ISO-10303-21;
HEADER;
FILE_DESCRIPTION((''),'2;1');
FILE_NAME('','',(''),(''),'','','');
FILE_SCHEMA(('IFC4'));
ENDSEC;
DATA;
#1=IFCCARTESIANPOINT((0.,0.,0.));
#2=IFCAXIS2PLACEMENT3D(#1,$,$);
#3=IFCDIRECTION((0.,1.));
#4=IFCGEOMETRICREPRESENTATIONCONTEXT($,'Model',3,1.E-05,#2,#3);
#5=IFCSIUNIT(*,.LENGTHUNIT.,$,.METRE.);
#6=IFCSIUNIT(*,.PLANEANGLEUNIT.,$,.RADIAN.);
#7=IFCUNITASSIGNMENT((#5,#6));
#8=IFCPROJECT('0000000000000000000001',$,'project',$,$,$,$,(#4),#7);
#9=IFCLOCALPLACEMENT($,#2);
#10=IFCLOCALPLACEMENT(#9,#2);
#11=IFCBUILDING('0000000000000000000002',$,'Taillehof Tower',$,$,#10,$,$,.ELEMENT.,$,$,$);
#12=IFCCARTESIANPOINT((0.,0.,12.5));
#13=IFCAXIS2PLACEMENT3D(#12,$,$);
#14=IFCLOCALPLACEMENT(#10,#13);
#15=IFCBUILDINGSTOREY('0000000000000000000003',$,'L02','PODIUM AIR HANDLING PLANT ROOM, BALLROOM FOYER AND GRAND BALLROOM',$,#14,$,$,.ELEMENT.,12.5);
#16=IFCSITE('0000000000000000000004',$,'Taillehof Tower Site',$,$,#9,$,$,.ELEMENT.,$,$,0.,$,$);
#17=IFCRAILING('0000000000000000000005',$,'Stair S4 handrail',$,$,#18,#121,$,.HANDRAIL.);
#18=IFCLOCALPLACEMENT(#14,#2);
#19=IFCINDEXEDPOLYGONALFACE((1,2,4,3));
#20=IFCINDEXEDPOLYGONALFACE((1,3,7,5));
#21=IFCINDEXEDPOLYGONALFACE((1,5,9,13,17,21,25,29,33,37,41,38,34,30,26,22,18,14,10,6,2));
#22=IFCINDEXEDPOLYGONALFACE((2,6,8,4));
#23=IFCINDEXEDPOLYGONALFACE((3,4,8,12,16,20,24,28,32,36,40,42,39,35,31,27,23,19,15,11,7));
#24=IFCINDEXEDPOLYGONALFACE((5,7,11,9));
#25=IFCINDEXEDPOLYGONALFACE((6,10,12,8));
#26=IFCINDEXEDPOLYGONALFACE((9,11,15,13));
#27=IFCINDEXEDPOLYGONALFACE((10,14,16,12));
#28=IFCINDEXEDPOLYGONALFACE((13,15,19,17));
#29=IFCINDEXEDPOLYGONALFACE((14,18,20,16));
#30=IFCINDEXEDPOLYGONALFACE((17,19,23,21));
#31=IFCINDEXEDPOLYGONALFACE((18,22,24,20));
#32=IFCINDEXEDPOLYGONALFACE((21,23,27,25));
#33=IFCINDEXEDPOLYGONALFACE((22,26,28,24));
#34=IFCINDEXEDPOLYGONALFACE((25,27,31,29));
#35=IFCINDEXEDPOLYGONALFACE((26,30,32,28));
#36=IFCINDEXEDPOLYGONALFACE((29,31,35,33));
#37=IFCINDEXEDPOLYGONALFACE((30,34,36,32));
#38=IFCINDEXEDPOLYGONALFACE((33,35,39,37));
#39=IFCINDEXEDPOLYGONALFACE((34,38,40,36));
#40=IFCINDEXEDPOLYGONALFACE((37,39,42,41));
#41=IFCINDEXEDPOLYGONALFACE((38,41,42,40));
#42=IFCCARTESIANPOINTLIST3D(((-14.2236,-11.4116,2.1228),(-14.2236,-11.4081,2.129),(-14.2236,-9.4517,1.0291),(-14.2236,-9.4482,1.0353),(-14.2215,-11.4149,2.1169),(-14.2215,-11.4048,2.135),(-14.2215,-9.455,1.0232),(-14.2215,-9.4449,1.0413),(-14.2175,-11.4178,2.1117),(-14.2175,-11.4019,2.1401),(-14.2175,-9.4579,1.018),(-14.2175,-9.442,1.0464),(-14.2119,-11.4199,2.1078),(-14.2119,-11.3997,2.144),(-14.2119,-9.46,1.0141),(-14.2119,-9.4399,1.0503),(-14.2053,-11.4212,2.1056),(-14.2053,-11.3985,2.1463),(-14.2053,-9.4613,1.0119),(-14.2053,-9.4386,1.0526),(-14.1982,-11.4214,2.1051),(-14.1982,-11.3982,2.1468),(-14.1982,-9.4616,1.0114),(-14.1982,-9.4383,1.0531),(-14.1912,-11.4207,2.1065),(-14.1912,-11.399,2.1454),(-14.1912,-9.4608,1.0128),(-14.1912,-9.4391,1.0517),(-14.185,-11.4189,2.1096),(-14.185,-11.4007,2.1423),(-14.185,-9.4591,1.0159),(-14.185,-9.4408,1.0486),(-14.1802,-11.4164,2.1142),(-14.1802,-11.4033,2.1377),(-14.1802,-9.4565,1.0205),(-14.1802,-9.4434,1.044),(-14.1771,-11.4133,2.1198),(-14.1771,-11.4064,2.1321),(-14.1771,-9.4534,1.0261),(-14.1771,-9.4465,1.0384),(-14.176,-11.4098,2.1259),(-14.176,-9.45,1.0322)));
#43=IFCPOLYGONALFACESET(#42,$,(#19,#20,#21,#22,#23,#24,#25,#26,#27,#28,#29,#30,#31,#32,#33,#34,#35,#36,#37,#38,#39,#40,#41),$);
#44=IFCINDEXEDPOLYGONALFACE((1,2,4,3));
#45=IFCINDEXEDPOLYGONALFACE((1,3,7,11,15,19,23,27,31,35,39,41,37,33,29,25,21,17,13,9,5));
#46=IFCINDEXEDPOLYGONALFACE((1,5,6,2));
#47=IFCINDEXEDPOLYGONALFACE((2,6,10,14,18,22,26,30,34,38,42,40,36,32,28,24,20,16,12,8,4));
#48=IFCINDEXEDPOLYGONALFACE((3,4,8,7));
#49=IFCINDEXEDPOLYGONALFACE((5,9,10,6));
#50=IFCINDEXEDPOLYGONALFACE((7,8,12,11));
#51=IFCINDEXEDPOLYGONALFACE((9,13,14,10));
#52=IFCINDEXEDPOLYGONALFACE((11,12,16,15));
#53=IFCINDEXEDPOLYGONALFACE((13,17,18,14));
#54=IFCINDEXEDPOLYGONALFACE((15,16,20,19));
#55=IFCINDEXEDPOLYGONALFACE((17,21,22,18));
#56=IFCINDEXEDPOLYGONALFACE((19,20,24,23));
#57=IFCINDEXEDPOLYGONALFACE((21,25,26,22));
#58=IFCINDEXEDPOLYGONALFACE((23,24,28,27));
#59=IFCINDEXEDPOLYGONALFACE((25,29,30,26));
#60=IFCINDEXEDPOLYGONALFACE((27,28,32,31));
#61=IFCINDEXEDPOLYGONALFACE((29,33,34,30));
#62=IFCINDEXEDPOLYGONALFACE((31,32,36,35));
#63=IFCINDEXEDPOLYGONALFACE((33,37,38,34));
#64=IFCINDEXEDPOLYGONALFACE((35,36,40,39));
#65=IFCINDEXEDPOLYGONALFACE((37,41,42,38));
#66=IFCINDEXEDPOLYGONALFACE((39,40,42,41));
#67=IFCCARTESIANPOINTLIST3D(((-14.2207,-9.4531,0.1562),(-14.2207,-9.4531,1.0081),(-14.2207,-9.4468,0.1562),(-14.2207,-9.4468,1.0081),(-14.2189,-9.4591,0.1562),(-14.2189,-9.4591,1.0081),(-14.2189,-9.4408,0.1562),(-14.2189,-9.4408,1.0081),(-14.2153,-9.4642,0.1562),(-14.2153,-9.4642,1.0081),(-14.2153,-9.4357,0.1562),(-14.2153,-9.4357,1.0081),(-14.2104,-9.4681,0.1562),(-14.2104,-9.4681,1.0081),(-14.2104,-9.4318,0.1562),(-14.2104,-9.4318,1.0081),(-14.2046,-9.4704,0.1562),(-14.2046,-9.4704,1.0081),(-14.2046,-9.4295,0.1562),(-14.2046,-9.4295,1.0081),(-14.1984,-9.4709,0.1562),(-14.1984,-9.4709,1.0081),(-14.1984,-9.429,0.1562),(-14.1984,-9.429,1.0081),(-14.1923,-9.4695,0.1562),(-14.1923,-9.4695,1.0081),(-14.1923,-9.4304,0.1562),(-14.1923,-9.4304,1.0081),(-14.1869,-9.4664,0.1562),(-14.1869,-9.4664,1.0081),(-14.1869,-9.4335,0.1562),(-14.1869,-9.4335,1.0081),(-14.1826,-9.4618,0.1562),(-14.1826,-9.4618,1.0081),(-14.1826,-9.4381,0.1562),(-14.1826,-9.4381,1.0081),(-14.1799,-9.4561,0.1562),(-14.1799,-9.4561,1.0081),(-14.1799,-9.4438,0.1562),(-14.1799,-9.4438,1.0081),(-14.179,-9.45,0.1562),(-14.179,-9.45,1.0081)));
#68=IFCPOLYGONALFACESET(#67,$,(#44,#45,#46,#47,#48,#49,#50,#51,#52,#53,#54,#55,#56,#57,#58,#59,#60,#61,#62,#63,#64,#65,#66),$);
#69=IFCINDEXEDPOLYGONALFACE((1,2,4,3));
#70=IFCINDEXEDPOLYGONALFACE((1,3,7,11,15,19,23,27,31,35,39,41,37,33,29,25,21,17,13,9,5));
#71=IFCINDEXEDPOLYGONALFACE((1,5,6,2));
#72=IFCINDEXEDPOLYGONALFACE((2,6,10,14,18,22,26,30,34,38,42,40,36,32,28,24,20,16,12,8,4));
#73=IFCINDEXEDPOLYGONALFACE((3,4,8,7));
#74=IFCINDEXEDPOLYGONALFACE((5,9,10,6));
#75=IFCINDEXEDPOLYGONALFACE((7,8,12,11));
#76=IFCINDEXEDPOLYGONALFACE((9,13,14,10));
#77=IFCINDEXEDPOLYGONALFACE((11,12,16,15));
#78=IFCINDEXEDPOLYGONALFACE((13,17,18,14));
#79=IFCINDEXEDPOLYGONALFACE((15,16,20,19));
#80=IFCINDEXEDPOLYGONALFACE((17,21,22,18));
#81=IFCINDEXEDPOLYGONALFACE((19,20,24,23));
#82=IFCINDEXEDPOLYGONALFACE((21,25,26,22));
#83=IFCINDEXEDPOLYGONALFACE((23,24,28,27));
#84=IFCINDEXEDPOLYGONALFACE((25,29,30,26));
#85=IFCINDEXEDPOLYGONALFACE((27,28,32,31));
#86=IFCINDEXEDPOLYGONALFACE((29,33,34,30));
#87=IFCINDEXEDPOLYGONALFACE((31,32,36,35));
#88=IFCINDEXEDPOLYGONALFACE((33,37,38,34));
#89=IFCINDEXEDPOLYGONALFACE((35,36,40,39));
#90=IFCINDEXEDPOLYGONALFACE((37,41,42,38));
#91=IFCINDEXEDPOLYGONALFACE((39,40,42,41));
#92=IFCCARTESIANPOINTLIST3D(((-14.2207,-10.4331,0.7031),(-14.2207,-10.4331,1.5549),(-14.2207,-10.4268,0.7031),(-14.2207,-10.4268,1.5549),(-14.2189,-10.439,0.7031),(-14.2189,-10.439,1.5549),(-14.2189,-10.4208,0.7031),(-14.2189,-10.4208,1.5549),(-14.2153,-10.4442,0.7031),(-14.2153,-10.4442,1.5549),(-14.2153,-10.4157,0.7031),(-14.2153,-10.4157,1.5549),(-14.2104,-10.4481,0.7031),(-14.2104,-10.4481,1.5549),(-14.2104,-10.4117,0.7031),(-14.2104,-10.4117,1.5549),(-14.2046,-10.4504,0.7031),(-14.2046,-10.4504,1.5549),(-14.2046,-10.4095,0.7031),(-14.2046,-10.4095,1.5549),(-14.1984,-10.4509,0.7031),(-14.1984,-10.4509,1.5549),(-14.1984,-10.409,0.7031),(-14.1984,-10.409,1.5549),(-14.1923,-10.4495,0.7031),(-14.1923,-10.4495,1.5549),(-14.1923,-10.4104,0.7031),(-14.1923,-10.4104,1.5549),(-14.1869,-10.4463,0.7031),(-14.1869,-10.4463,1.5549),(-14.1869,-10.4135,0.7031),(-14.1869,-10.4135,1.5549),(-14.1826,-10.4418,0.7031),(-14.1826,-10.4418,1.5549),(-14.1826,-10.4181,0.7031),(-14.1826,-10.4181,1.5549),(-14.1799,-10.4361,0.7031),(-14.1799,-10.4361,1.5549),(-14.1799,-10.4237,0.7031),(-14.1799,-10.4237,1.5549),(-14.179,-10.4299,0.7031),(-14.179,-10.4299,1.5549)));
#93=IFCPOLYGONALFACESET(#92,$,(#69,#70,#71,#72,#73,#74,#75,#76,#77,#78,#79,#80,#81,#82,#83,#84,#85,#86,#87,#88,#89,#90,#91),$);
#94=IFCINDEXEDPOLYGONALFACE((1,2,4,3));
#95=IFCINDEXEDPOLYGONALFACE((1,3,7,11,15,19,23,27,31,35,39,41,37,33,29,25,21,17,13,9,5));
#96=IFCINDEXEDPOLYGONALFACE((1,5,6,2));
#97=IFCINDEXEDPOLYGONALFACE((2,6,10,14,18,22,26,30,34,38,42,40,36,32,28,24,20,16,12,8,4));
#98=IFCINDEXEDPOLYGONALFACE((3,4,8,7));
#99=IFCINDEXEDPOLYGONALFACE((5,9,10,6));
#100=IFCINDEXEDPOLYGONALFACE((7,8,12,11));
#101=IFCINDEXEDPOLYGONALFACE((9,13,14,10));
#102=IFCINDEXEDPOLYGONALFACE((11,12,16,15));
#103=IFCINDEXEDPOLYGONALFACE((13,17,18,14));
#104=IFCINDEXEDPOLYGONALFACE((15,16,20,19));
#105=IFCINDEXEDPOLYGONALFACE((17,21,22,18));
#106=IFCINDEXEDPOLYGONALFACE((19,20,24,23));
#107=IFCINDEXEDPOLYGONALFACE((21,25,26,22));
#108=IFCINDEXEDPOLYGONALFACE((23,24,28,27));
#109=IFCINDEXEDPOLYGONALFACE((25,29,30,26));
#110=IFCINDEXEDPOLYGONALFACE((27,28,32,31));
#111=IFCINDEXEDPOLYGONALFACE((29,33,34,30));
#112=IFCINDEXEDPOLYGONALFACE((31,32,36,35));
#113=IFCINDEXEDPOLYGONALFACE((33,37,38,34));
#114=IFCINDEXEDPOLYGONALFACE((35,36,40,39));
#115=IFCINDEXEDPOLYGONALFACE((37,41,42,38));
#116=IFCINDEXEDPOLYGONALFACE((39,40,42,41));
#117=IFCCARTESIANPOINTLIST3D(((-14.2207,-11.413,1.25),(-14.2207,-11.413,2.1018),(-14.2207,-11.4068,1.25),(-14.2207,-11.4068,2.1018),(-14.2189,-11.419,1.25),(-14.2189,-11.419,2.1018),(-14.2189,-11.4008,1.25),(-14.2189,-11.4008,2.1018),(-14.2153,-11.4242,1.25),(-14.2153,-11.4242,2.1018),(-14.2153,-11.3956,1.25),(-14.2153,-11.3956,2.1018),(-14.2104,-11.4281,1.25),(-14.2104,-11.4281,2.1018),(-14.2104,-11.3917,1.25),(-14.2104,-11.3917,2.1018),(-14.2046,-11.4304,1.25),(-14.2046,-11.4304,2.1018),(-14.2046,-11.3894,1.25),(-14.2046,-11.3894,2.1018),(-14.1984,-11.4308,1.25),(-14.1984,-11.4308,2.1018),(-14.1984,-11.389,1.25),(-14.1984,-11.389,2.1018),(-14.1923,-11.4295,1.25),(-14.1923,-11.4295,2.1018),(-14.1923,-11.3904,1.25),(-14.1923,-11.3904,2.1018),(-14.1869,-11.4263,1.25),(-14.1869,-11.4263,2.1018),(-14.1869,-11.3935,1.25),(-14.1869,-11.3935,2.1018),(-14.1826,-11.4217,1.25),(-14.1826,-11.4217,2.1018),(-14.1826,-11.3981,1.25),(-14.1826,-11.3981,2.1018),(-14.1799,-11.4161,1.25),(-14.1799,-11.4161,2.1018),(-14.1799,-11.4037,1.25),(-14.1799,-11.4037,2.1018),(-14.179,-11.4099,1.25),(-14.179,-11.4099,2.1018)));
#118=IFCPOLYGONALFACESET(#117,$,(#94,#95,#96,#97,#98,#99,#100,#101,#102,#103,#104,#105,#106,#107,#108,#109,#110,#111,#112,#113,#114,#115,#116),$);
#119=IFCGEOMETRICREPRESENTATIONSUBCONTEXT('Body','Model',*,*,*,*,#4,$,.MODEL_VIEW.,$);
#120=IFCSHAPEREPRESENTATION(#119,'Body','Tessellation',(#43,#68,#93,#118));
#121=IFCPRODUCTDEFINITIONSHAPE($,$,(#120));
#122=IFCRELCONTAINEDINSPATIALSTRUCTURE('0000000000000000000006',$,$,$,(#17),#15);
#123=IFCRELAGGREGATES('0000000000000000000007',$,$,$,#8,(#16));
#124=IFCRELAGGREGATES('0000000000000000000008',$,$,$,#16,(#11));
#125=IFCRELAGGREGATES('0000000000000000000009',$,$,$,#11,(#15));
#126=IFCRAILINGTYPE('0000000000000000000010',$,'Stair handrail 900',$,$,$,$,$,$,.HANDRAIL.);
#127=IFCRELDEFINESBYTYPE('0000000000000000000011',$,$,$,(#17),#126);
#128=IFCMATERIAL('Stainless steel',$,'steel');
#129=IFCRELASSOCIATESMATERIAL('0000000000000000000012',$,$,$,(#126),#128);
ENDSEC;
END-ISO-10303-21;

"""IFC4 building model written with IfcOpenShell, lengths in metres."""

from ifc_helpers import new_model, si_unit, direction, frame, origin, origin_2d, place, context, subcontext, project, spatial, circle, extrude, material, type_object, element, save


model = new_model("IFC4")

# Units and contexts
model_context = context("Model", 3, precision=1e-05, world=origin(), true_north=direction((0.0, 1.0)))
body_context = subcontext(model_context, "Body", "Model", "MODEL_VIEW")
ifc_project = project(units=[si_unit("LENGTHUNIT", "METRE"), si_unit("PLANEANGLEUNIT", "RADIAN")], contexts=[model_context])

# Site, building, storey
site_placement = place(None, origin())
site = spatial("IfcSite", under=ifc_project, at=site_placement, Name="Taillehof Tower Site", CompositionType="ELEMENT", RefElevation=0.0)
building_placement = place(site_placement, origin())
building = spatial("IfcBuilding", under=site, at=building_placement, Name="Taillehof Tower", CompositionType="ELEMENT")
storey_placement = place(building_placement, frame((0.0, 0.0, 12.5)))
storey = spatial("IfcBuildingStorey", under=building, at=storey_placement, Name="L02", Description="PODIUM AIR HANDLING PLANT ROOM, BALLROOM FOYER AND GRAND BALLROOM", CompositionType="ELEMENT", Elevation=12.5)

# Railing
ifc_material_1 = material(Name="Stainless steel", Category="steel")
railing_type_1 = type_object("IfcRailingType", Name="Stair handrail 900", PredefinedType="HANDRAIL", material=ifc_material_1)
railing_1_placement = place(storey_placement, frame((-14.2, -9.45, 0.1562)))
element("IfcRailing", 1, at=railing_1_placement, inside=storey, type_object=railing_type_1, Name="Stair S4 handrail", PredefinedType="HANDRAIL", context=body_context, shape_type="SweptSolid", body=[
    extrude(circle(Radius=0.0239, at=origin_2d()), frame((0.0, 0.0, 0.876), z_axis=(0.0, -0.873232, 0.487304), x_axis=(1.0, 0.0, 0.0)), (0.0, 0.0, 1.0), 2.2444),
    extrude(circle(Radius=0.021, at=origin_2d()), origin(), (0.0, 0.0, 1.0), 0.8518),
    extrude(circle(Radius=0.021, at=origin_2d()), frame((0.0, -0.98, 0.5469)), (0.0, 0.0, 1.0), 0.8518),
    extrude(circle(Radius=0.021, at=origin_2d()), frame((0.0, -1.96, 1.0938)), (0.0, 0.0, 1.0), 0.8518),
])

save(model, "model.ifc")
